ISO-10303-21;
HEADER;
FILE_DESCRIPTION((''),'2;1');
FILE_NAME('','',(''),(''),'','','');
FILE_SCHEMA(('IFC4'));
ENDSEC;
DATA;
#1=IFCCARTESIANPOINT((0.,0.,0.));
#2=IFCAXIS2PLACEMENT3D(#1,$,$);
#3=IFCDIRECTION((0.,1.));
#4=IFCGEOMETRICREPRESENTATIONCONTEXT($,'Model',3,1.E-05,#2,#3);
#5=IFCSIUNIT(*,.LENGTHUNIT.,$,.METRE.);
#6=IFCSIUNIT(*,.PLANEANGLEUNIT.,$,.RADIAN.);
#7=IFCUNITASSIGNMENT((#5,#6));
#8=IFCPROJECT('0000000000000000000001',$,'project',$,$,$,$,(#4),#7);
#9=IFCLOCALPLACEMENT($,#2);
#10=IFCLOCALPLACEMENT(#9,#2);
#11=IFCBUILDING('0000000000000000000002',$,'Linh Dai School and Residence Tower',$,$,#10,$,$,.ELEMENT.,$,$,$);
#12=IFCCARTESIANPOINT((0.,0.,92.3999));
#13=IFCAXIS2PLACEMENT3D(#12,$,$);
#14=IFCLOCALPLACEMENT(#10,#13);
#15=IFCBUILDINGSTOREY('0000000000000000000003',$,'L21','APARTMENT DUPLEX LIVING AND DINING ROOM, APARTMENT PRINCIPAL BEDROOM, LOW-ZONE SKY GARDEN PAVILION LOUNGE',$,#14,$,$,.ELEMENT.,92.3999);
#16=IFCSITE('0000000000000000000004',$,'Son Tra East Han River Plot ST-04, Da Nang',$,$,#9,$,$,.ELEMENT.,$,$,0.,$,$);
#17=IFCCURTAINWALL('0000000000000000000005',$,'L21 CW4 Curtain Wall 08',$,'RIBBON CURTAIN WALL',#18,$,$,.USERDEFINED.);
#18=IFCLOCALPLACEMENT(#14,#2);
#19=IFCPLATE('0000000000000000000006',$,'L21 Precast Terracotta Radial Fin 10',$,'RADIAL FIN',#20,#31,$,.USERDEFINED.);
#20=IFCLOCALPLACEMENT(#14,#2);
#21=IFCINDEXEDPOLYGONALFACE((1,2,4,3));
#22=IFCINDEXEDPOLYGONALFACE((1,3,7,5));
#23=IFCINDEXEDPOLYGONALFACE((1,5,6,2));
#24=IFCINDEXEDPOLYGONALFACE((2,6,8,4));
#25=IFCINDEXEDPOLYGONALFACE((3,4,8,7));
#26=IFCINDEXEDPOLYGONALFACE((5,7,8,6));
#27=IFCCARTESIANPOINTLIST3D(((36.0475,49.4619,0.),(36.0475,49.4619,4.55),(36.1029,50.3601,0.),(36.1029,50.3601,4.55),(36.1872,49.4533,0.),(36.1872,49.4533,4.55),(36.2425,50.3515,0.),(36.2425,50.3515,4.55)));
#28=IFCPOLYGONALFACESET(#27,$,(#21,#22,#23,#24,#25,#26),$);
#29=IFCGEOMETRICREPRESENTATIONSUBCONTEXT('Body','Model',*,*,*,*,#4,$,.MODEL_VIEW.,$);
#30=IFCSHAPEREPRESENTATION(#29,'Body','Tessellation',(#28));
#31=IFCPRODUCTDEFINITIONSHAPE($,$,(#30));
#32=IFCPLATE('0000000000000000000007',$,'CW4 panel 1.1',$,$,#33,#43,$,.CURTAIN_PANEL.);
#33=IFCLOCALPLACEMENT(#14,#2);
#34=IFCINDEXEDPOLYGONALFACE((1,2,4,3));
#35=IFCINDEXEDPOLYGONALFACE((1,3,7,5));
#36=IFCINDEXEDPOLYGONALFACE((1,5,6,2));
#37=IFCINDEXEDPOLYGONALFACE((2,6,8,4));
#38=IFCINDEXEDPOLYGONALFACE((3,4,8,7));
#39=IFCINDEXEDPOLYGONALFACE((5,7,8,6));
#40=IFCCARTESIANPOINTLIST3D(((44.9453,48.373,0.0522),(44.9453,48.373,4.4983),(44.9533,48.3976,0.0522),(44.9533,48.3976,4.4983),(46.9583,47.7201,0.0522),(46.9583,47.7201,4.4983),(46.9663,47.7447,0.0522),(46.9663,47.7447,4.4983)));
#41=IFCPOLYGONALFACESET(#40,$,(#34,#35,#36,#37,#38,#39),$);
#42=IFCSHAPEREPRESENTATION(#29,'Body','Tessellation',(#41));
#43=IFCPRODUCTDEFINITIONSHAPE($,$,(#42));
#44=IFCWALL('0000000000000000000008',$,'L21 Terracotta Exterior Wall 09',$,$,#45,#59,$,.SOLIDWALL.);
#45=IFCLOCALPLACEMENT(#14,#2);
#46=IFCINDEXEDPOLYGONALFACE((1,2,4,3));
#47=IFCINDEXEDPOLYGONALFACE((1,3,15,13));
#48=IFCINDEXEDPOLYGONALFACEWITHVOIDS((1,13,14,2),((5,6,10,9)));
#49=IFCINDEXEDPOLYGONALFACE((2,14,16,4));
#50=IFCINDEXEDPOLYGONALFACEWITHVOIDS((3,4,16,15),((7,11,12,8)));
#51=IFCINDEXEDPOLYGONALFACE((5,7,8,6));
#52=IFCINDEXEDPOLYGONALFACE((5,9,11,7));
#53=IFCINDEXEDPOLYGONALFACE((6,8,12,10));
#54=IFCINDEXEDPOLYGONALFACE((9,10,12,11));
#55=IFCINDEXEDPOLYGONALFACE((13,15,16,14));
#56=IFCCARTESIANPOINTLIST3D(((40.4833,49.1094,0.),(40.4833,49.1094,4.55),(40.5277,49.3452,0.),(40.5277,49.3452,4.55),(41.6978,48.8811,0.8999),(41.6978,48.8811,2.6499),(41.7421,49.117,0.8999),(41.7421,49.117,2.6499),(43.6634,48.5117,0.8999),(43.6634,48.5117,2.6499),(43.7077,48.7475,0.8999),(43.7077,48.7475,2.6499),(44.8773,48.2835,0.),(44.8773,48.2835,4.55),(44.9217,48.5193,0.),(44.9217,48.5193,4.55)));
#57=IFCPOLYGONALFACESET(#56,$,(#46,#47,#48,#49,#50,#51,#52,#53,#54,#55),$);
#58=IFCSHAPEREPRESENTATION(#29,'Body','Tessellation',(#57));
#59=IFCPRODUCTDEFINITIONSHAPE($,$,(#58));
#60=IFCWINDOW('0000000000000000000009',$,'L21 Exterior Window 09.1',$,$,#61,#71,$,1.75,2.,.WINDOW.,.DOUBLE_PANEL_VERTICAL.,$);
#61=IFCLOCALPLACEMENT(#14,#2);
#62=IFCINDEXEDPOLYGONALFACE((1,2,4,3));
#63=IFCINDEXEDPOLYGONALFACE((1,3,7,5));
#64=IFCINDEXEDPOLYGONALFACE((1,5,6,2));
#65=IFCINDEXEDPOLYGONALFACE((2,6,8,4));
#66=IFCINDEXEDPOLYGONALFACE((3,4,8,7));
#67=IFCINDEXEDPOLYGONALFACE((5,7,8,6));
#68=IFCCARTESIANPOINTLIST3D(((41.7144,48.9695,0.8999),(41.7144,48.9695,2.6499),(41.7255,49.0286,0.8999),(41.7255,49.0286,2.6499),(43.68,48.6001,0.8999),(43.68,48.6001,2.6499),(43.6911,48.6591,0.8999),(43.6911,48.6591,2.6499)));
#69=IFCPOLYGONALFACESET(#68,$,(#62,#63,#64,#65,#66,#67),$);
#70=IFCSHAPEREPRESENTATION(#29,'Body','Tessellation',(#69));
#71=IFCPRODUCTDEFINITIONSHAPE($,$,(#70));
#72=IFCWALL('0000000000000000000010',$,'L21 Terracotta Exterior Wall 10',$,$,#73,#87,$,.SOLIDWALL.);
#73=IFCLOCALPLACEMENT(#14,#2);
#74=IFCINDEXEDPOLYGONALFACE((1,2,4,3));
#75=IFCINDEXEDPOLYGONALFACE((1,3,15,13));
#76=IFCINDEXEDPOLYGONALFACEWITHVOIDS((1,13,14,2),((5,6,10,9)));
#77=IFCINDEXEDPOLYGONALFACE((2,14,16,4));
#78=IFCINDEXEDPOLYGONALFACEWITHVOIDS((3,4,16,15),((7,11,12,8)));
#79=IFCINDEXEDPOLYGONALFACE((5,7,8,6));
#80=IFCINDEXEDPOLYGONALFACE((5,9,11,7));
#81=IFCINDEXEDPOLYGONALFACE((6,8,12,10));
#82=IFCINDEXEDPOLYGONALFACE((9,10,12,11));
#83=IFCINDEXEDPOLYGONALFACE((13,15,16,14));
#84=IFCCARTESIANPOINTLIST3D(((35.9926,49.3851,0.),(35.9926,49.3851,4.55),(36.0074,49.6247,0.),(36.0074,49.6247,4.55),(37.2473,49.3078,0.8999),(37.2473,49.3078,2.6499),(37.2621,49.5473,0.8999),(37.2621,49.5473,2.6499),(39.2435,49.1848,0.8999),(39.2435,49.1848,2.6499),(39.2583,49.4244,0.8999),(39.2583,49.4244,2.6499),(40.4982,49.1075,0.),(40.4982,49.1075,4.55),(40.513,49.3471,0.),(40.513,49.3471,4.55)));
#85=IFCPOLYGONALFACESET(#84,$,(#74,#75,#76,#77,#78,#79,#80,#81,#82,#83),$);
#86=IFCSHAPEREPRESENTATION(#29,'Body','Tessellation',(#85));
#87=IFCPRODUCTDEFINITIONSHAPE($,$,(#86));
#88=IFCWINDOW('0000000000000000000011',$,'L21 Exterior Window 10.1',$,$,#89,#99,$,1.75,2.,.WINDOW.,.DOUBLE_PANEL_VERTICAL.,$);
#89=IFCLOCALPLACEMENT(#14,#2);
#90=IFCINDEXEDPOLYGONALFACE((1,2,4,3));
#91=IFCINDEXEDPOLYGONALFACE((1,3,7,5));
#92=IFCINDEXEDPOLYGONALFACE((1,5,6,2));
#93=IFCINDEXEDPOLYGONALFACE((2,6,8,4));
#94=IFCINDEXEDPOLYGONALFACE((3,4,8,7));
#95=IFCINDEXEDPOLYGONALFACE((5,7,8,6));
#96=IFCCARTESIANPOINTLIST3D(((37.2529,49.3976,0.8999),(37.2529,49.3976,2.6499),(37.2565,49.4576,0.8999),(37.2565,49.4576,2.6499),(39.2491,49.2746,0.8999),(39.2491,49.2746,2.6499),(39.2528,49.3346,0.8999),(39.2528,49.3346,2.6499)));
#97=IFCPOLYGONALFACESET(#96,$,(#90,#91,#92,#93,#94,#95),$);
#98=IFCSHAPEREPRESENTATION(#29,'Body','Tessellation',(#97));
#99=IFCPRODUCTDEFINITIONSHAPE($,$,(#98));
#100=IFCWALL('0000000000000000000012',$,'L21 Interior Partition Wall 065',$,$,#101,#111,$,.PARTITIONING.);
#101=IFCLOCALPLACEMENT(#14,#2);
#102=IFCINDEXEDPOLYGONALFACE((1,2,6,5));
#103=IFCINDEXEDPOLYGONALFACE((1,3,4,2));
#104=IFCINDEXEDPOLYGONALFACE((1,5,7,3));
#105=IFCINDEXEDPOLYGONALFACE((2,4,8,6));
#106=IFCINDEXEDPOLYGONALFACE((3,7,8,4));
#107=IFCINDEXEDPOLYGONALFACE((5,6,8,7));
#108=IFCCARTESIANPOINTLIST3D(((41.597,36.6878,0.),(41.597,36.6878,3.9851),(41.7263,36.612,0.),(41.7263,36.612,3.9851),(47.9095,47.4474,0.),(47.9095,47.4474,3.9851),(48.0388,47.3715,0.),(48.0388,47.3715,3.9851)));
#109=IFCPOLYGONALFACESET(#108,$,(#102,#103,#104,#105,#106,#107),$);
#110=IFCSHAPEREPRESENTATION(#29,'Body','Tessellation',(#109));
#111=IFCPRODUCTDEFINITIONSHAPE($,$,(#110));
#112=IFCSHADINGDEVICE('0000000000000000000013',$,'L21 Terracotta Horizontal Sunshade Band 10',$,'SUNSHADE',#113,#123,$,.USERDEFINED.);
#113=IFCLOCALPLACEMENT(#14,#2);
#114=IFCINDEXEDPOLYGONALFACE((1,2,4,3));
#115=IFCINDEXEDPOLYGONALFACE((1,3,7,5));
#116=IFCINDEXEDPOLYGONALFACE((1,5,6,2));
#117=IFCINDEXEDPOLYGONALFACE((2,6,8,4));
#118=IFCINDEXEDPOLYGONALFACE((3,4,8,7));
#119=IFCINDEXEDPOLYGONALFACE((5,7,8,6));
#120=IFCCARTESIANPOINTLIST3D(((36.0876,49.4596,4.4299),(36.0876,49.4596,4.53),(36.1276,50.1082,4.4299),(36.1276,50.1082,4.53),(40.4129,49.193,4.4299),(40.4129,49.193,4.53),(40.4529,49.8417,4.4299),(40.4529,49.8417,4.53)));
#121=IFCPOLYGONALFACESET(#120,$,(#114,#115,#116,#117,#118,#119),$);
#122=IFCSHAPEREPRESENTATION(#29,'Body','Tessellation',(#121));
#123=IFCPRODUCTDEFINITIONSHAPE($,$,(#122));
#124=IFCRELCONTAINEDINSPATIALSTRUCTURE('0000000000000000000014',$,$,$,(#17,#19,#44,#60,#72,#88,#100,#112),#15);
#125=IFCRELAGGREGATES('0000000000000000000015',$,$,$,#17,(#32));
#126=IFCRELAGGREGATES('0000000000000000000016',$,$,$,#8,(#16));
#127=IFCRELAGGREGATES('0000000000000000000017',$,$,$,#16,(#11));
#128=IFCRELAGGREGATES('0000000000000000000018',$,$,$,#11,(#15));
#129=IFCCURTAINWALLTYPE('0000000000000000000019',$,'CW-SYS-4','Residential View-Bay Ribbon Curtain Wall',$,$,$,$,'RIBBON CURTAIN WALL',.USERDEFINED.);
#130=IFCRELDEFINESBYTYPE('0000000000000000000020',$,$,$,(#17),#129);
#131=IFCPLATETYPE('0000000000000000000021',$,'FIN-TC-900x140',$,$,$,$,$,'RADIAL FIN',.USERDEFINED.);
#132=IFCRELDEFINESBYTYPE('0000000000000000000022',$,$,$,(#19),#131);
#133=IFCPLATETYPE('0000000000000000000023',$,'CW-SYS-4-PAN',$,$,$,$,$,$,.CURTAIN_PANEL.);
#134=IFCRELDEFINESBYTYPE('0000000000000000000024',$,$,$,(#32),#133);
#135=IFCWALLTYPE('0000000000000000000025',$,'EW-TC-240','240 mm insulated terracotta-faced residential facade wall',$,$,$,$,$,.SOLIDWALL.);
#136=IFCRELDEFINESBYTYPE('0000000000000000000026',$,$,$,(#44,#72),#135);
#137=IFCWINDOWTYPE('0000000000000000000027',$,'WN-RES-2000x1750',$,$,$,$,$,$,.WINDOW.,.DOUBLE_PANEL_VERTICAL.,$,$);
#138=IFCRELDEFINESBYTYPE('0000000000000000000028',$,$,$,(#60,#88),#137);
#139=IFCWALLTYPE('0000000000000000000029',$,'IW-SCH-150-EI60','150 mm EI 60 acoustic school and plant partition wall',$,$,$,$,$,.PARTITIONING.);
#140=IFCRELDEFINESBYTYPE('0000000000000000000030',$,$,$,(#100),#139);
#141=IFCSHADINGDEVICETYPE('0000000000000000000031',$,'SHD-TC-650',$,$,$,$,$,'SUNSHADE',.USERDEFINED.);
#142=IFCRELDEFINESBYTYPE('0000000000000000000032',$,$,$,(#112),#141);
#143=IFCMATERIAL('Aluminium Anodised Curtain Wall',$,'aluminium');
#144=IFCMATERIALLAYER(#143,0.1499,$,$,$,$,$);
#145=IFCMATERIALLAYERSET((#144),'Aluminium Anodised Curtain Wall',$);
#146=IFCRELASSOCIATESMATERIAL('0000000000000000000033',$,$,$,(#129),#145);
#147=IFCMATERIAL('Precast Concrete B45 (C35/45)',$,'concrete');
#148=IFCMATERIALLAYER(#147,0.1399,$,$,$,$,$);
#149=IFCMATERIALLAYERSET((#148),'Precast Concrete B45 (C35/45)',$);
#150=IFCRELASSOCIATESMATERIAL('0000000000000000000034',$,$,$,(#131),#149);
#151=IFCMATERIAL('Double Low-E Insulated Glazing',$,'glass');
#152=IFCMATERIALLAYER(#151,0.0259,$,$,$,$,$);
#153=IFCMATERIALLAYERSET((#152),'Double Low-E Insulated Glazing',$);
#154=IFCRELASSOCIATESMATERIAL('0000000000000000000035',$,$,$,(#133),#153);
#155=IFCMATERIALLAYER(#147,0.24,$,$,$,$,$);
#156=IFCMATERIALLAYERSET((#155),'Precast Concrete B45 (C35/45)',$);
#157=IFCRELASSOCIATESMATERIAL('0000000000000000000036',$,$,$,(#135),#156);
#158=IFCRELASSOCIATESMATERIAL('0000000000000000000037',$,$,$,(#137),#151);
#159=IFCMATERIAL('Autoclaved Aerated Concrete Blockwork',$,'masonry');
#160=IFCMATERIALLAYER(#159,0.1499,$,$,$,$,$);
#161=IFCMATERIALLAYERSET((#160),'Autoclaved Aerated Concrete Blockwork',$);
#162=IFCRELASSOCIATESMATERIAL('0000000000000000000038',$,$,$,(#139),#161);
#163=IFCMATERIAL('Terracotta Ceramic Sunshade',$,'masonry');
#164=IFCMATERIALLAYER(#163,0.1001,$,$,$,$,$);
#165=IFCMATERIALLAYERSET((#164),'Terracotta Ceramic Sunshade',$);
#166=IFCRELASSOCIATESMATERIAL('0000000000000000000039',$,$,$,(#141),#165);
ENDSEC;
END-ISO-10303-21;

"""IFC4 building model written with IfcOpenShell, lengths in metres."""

from ifc_helpers import new_model, si_unit, direction, frame, frame_2d, origin, origin_2d, place, context, subcontext, project, spatial, rectangle, extrude, source, transform, mapped, material, layer, layer_set, type_object, element, fill, aggregate, save


model = new_model("IFC4")

# Units and contexts
model_context = context("Model", 3, precision=1e-05, world=origin(), true_north=direction((0.0, 1.0)))
body_context = subcontext(model_context, "Body", "Model", "MODEL_VIEW")
ifc_project = project(units=[si_unit("LENGTHUNIT", "METRE"), si_unit("PLANEANGLEUNIT", "RADIAN")], contexts=[model_context])

# Site, building, storey
site_placement = place(None, origin())
site = spatial("IfcSite", under=ifc_project, at=site_placement, Name="Son Tra East Han River Plot ST-04, Da Nang", CompositionType="ELEMENT", RefElevation=0.0)
building_placement = place(site_placement, origin())
building = spatial("IfcBuilding", under=site, at=building_placement, Name="Linh Dai School and Residence Tower", CompositionType="ELEMENT")
storey_placement = place(building_placement, frame((0.0, 0.0, 92.3999)))
storey = spatial("IfcBuildingStorey", under=building, at=storey_placement, Name="L21", Description="APARTMENT DUPLEX LIVING AND DINING ROOM, APARTMENT PRINCIPAL BEDROOM, LOW-ZONE SKY GARDEN PAVILION LOUNGE", CompositionType="ELEMENT", Elevation=92.3999)

# Curtain wall
ifc_material_1 = material(Name="Aluminium Anodised Curtain Wall", Category="aluminium")
ifc_layer_1 = layer(ifc_material_1, 0.1499)
ifc_layer_set_1 = layer_set([ifc_layer_1], Name="Aluminium Anodised Curtain Wall")
curtain_wall_type = type_object("IfcCurtainWallType", Name="CW-SYS-4", Description="Residential View-Bay Ribbon Curtain Wall", ElementType="RIBBON CURTAIN WALL", PredefinedType="USERDEFINED", material=ifc_layer_set_1)
curtain_wall_placement = place(storey_placement, origin())
curtain_wall = element("IfcCurtainWall", 1, at=curtain_wall_placement, inside=storey, type_object=curtain_wall_type, Name="L21 CW4 Curtain Wall 08", ObjectType="RIBBON CURTAIN WALL", PredefinedType="USERDEFINED")

# Plate
ifc_material_2 = material(Name="Precast Concrete B45 (C35/45)", Category="concrete")
ifc_layer_2 = layer(ifc_material_2, 0.1399)
ifc_layer_set_2 = layer_set([ifc_layer_2], Name="Precast Concrete B45 (C35/45)")
plate_type_1 = type_object("IfcPlateType", Name="FIN-TC-900x140", ElementType="RADIAL FIN", PredefinedType="USERDEFINED", material=ifc_layer_set_2)
shared_shape_1 = source(origin(), body_context, "Body", "SweptSolid", [
    extrude(rectangle(XDim=0.8999, YDim=0.1399, at=origin_2d()), origin(), (0.0, 0.0, 1.0), 4.55),
])
plate_1_placement = place(storey_placement, frame((36.145, 49.9067, 0.0), z_axis=(0.0, 0.0, 1.0), x_axis=(0.061509, 0.998107, 0.0)))
element("IfcPlate", 2, at=plate_1_placement, inside=storey, type_object=plate_type_1, Name="L21 Precast Terracotta Radial Fin 10", ObjectType="RADIAL FIN", PredefinedType="USERDEFINED", context=body_context, shape_type="MappedRepresentation", body=[
    mapped(shared_shape_1, transform((0.0, 0.0, 0.0), x_axis=(1.0, 0.0, 0.0), y_axis=(0.0, 1.0, 0.0), z_axis=(0.0, 0.0, 1.0), scale=1.0)),
])

# Plate
ifc_material_3 = material(Name="Double Low-E Insulated Glazing", Category="glass")
ifc_layer_3 = layer(ifc_material_3, 0.0259)
ifc_layer_set_3 = layer_set([ifc_layer_3], Name="Double Low-E Insulated Glazing")
plate_type_2 = type_object("IfcPlateType", Name="CW-SYS-4-PAN", PredefinedType="CURTAIN_PANEL", material=ifc_layer_set_3)
shared_shape_2 = source(origin(), body_context, "Body", "SweptSolid", [
    extrude(rectangle(XDim=2.1162, YDim=0.0259, at=origin_2d()), origin(), (0.0, 0.0, 1.0), 4.446),
])
plate_2_placement = place(storey_placement, frame((45.9558, 48.0588, 0.0522), z_axis=(0.0, 0.0, 1.0), x_axis=(0.951217, -0.308522, 0.0)))
plate_2 = element("IfcPlate", 3, at=plate_2_placement, type_object=plate_type_2, Name="CW4 panel 1.1", PredefinedType="CURTAIN_PANEL", context=body_context, shape_type="MappedRepresentation", body=[
    mapped(shared_shape_2, transform((0.0, 0.0, 0.0), x_axis=(1.0, 0.0, 0.0), y_axis=(0.0, 1.0, 0.0), z_axis=(0.0, 0.0, 1.0), scale=1.0)),
])
aggregate(curtain_wall, [plate_2])

# Walls, openings, windows
ifc_layer_4 = layer(ifc_material_2, 0.24)
ifc_layer_set_4 = layer_set([ifc_layer_4], Name="Precast Concrete B45 (C35/45)")
wall_type_1 = type_object("IfcWallType", Name="EW-TC-240", Description="240 mm insulated terracotta-faced residential facade wall", PredefinedType="SOLIDWALL", material=ifc_layer_set_4)
wall_1_placement = place(storey_placement, frame((40.5056, 49.2273, 0.0), z_axis=(0.0, 0.0, 1.0), x_axis=(0.982789, -0.18473, 0.0)))
wall_1 = element("IfcWall", 4, at=wall_1_placement, inside=storey, type_object=wall_type_1, Name="L21 Terracotta Exterior Wall 09", PredefinedType="SOLIDWALL", context=body_context, shape_type="SweptSolid", body=[
    extrude(rectangle(XDim=4.4709, YDim=0.24, at=frame_2d((2.2354, 0.0))), origin(), (0.0, 0.0, 1.0), 4.55),
])
opening_1_placement = place(wall_1_placement, frame((1.2356, 0.0, 0.8999)))
opening_1 = element("IfcOpeningElement", 5, at=opening_1_placement, cuts=wall_1, PredefinedType="OPENING", context=body_context, shape_type="SweptSolid", body=[
    extrude(rectangle(XDim=2.0, YDim=1.75, at=origin_2d()), frame((1.0, 0.1299, 0.875), z_axis=(0.0, -1.0, 0.0), x_axis=(1.0, 0.0, 0.0)), (0.0, 0.0, 1.0), 0.26),
])
window_type = type_object("IfcWindowType", Name="WN-RES-2000x1750", PartitioningType="DOUBLE_PANEL_VERTICAL", PredefinedType="WINDOW", material=ifc_material_3)
shared_shape_3 = source(origin(), body_context, "Body", "SweptSolid", [
    extrude(rectangle(XDim=2.0, YDim=1.75, at=origin_2d()), frame((1.0, 0.03, 0.875), z_axis=(0.0, -1.0, 0.0), x_axis=(1.0, 0.0, 0.0)), (0.0, 0.0, 1.0), 0.0601),
])
window_1_placement = place(opening_1_placement, origin())
window_1 = element("IfcWindow", 6, at=window_1_placement, inside=storey, type_object=window_type, Name="L21 Exterior Window 09.1", OverallHeight=1.75, OverallWidth=2.0, PartitioningType="DOUBLE_PANEL_VERTICAL", PredefinedType="WINDOW", context=body_context, shape_type="MappedRepresentation", body=[
    mapped(shared_shape_3, transform((0.0, 0.0, 0.0), x_axis=(1.0, 0.0, 0.0), y_axis=(0.0, 1.0, 0.0), z_axis=(0.0, 0.0, 1.0), scale=1.0)),
])
fill(opening_1, window_1)
wall_2_placement = place(storey_placement, frame((36.0, 49.5049, 0.0), z_axis=(0.0, 0.0, 1.0), x_axis=(0.998108, -0.061493, 0.0)))
wall_2 = element("IfcWall", 7, at=wall_2_placement, inside=storey, type_object=wall_type_1, Name="L21 Terracotta Exterior Wall 10", PredefinedType="SOLIDWALL", context=body_context, shape_type="SweptSolid", body=[
    extrude(rectangle(XDim=4.5142, YDim=0.24, at=frame_2d((2.2571, 0.0))), origin(), (0.0, 0.0, 1.0), 4.55),
])
opening_2_placement = place(wall_2_placement, frame((1.2571, 0.0, 0.8999)))
opening_2 = element("IfcOpeningElement", 8, at=opening_2_placement, cuts=wall_2, PredefinedType="OPENING", context=body_context, shape_type="SweptSolid", body=[
    extrude(rectangle(XDim=2.0, YDim=1.75, at=origin_2d()), frame((1.0, 0.1299, 0.875), z_axis=(0.0, -1.0, 0.0), x_axis=(1.0, 0.0, 0.0)), (0.0, 0.0, 1.0), 0.26),
])
window_2_placement = place(opening_2_placement, origin())
window_2 = element("IfcWindow", 9, at=window_2_placement, inside=storey, type_object=window_type, Name="L21 Exterior Window 10.1", OverallHeight=1.75, OverallWidth=2.0, PartitioningType="DOUBLE_PANEL_VERTICAL", PredefinedType="WINDOW", context=body_context, shape_type="MappedRepresentation", body=[
    mapped(shared_shape_3, transform((0.0, 0.0, 0.0), x_axis=(1.0, 0.0, 0.0), y_axis=(0.0, 1.0, 0.0), z_axis=(0.0, 0.0, 1.0), scale=1.0)),
])
fill(opening_2, window_2)

# Wall
ifc_material_4 = material(Name="Autoclaved Aerated Concrete Blockwork", Category="masonry")
ifc_layer_5 = layer(ifc_material_4, 0.1499)
ifc_layer_set_5 = layer_set([ifc_layer_5], Name="Autoclaved Aerated Concrete Blockwork")
wall_type_2 = type_object("IfcWallType", Name="IW-SCH-150-EI60", Description="150 mm EI 60 acoustic school and plant partition wall", PredefinedType="PARTITIONING", material=ifc_layer_set_5)
wall_3_placement = place(storey_placement, frame((41.6616, 36.6499, 0.0), z_axis=(0.0, 0.0, 1.0), x_axis=(0.506029, 0.862516, 0.0)))
element("IfcWall", 10, at=wall_3_placement, inside=storey, type_object=wall_type_2, Name="L21 Interior Partition Wall 065", PredefinedType="PARTITIONING", context=body_context, shape_type="SweptSolid", body=[
    extrude(rectangle(XDim=12.4746, YDim=0.1499, at=frame_2d((6.2373, 0.0))), origin(), (0.0, 0.0, 1.0), 3.9851),
])

# Shading device
ifc_material_5 = material(Name="Terracotta Ceramic Sunshade", Category="masonry")
ifc_layer_6 = layer(ifc_material_5, 0.1001)
ifc_layer_set_6 = layer_set([ifc_layer_6], Name="Terracotta Ceramic Sunshade")
shading_device_type = type_object("IfcShadingDeviceType", Name="SHD-TC-650", ElementType="SUNSHADE", PredefinedType="USERDEFINED", material=ifc_layer_set_6)
shared_shape_4 = source(origin(), body_context, "Body", "SweptSolid", [
    extrude(rectangle(XDim=4.3335, YDim=0.6499, at=origin_2d()), origin(), (0.0, 0.0, 1.0), 0.1001),
])
shading_device_placement = place(storey_placement, frame((38.2703, 49.6506, 4.4299), z_axis=(0.0, 0.0, 1.0), x_axis=(0.998107, -0.061509, 0.0)))
element("IfcShadingDevice", 11, at=shading_device_placement, inside=storey, type_object=shading_device_type, Name="L21 Terracotta Horizontal Sunshade Band 10", ObjectType="SUNSHADE", PredefinedType="USERDEFINED", context=body_context, shape_type="MappedRepresentation", body=[
    mapped(shared_shape_4, transform((0.0, 0.0, 0.0), x_axis=(1.0, 0.0, 0.0), y_axis=(0.0, 1.0, 0.0), z_axis=(0.0, 0.0, 1.0), scale=1.0)),
])

save(model, "model.ifc")
